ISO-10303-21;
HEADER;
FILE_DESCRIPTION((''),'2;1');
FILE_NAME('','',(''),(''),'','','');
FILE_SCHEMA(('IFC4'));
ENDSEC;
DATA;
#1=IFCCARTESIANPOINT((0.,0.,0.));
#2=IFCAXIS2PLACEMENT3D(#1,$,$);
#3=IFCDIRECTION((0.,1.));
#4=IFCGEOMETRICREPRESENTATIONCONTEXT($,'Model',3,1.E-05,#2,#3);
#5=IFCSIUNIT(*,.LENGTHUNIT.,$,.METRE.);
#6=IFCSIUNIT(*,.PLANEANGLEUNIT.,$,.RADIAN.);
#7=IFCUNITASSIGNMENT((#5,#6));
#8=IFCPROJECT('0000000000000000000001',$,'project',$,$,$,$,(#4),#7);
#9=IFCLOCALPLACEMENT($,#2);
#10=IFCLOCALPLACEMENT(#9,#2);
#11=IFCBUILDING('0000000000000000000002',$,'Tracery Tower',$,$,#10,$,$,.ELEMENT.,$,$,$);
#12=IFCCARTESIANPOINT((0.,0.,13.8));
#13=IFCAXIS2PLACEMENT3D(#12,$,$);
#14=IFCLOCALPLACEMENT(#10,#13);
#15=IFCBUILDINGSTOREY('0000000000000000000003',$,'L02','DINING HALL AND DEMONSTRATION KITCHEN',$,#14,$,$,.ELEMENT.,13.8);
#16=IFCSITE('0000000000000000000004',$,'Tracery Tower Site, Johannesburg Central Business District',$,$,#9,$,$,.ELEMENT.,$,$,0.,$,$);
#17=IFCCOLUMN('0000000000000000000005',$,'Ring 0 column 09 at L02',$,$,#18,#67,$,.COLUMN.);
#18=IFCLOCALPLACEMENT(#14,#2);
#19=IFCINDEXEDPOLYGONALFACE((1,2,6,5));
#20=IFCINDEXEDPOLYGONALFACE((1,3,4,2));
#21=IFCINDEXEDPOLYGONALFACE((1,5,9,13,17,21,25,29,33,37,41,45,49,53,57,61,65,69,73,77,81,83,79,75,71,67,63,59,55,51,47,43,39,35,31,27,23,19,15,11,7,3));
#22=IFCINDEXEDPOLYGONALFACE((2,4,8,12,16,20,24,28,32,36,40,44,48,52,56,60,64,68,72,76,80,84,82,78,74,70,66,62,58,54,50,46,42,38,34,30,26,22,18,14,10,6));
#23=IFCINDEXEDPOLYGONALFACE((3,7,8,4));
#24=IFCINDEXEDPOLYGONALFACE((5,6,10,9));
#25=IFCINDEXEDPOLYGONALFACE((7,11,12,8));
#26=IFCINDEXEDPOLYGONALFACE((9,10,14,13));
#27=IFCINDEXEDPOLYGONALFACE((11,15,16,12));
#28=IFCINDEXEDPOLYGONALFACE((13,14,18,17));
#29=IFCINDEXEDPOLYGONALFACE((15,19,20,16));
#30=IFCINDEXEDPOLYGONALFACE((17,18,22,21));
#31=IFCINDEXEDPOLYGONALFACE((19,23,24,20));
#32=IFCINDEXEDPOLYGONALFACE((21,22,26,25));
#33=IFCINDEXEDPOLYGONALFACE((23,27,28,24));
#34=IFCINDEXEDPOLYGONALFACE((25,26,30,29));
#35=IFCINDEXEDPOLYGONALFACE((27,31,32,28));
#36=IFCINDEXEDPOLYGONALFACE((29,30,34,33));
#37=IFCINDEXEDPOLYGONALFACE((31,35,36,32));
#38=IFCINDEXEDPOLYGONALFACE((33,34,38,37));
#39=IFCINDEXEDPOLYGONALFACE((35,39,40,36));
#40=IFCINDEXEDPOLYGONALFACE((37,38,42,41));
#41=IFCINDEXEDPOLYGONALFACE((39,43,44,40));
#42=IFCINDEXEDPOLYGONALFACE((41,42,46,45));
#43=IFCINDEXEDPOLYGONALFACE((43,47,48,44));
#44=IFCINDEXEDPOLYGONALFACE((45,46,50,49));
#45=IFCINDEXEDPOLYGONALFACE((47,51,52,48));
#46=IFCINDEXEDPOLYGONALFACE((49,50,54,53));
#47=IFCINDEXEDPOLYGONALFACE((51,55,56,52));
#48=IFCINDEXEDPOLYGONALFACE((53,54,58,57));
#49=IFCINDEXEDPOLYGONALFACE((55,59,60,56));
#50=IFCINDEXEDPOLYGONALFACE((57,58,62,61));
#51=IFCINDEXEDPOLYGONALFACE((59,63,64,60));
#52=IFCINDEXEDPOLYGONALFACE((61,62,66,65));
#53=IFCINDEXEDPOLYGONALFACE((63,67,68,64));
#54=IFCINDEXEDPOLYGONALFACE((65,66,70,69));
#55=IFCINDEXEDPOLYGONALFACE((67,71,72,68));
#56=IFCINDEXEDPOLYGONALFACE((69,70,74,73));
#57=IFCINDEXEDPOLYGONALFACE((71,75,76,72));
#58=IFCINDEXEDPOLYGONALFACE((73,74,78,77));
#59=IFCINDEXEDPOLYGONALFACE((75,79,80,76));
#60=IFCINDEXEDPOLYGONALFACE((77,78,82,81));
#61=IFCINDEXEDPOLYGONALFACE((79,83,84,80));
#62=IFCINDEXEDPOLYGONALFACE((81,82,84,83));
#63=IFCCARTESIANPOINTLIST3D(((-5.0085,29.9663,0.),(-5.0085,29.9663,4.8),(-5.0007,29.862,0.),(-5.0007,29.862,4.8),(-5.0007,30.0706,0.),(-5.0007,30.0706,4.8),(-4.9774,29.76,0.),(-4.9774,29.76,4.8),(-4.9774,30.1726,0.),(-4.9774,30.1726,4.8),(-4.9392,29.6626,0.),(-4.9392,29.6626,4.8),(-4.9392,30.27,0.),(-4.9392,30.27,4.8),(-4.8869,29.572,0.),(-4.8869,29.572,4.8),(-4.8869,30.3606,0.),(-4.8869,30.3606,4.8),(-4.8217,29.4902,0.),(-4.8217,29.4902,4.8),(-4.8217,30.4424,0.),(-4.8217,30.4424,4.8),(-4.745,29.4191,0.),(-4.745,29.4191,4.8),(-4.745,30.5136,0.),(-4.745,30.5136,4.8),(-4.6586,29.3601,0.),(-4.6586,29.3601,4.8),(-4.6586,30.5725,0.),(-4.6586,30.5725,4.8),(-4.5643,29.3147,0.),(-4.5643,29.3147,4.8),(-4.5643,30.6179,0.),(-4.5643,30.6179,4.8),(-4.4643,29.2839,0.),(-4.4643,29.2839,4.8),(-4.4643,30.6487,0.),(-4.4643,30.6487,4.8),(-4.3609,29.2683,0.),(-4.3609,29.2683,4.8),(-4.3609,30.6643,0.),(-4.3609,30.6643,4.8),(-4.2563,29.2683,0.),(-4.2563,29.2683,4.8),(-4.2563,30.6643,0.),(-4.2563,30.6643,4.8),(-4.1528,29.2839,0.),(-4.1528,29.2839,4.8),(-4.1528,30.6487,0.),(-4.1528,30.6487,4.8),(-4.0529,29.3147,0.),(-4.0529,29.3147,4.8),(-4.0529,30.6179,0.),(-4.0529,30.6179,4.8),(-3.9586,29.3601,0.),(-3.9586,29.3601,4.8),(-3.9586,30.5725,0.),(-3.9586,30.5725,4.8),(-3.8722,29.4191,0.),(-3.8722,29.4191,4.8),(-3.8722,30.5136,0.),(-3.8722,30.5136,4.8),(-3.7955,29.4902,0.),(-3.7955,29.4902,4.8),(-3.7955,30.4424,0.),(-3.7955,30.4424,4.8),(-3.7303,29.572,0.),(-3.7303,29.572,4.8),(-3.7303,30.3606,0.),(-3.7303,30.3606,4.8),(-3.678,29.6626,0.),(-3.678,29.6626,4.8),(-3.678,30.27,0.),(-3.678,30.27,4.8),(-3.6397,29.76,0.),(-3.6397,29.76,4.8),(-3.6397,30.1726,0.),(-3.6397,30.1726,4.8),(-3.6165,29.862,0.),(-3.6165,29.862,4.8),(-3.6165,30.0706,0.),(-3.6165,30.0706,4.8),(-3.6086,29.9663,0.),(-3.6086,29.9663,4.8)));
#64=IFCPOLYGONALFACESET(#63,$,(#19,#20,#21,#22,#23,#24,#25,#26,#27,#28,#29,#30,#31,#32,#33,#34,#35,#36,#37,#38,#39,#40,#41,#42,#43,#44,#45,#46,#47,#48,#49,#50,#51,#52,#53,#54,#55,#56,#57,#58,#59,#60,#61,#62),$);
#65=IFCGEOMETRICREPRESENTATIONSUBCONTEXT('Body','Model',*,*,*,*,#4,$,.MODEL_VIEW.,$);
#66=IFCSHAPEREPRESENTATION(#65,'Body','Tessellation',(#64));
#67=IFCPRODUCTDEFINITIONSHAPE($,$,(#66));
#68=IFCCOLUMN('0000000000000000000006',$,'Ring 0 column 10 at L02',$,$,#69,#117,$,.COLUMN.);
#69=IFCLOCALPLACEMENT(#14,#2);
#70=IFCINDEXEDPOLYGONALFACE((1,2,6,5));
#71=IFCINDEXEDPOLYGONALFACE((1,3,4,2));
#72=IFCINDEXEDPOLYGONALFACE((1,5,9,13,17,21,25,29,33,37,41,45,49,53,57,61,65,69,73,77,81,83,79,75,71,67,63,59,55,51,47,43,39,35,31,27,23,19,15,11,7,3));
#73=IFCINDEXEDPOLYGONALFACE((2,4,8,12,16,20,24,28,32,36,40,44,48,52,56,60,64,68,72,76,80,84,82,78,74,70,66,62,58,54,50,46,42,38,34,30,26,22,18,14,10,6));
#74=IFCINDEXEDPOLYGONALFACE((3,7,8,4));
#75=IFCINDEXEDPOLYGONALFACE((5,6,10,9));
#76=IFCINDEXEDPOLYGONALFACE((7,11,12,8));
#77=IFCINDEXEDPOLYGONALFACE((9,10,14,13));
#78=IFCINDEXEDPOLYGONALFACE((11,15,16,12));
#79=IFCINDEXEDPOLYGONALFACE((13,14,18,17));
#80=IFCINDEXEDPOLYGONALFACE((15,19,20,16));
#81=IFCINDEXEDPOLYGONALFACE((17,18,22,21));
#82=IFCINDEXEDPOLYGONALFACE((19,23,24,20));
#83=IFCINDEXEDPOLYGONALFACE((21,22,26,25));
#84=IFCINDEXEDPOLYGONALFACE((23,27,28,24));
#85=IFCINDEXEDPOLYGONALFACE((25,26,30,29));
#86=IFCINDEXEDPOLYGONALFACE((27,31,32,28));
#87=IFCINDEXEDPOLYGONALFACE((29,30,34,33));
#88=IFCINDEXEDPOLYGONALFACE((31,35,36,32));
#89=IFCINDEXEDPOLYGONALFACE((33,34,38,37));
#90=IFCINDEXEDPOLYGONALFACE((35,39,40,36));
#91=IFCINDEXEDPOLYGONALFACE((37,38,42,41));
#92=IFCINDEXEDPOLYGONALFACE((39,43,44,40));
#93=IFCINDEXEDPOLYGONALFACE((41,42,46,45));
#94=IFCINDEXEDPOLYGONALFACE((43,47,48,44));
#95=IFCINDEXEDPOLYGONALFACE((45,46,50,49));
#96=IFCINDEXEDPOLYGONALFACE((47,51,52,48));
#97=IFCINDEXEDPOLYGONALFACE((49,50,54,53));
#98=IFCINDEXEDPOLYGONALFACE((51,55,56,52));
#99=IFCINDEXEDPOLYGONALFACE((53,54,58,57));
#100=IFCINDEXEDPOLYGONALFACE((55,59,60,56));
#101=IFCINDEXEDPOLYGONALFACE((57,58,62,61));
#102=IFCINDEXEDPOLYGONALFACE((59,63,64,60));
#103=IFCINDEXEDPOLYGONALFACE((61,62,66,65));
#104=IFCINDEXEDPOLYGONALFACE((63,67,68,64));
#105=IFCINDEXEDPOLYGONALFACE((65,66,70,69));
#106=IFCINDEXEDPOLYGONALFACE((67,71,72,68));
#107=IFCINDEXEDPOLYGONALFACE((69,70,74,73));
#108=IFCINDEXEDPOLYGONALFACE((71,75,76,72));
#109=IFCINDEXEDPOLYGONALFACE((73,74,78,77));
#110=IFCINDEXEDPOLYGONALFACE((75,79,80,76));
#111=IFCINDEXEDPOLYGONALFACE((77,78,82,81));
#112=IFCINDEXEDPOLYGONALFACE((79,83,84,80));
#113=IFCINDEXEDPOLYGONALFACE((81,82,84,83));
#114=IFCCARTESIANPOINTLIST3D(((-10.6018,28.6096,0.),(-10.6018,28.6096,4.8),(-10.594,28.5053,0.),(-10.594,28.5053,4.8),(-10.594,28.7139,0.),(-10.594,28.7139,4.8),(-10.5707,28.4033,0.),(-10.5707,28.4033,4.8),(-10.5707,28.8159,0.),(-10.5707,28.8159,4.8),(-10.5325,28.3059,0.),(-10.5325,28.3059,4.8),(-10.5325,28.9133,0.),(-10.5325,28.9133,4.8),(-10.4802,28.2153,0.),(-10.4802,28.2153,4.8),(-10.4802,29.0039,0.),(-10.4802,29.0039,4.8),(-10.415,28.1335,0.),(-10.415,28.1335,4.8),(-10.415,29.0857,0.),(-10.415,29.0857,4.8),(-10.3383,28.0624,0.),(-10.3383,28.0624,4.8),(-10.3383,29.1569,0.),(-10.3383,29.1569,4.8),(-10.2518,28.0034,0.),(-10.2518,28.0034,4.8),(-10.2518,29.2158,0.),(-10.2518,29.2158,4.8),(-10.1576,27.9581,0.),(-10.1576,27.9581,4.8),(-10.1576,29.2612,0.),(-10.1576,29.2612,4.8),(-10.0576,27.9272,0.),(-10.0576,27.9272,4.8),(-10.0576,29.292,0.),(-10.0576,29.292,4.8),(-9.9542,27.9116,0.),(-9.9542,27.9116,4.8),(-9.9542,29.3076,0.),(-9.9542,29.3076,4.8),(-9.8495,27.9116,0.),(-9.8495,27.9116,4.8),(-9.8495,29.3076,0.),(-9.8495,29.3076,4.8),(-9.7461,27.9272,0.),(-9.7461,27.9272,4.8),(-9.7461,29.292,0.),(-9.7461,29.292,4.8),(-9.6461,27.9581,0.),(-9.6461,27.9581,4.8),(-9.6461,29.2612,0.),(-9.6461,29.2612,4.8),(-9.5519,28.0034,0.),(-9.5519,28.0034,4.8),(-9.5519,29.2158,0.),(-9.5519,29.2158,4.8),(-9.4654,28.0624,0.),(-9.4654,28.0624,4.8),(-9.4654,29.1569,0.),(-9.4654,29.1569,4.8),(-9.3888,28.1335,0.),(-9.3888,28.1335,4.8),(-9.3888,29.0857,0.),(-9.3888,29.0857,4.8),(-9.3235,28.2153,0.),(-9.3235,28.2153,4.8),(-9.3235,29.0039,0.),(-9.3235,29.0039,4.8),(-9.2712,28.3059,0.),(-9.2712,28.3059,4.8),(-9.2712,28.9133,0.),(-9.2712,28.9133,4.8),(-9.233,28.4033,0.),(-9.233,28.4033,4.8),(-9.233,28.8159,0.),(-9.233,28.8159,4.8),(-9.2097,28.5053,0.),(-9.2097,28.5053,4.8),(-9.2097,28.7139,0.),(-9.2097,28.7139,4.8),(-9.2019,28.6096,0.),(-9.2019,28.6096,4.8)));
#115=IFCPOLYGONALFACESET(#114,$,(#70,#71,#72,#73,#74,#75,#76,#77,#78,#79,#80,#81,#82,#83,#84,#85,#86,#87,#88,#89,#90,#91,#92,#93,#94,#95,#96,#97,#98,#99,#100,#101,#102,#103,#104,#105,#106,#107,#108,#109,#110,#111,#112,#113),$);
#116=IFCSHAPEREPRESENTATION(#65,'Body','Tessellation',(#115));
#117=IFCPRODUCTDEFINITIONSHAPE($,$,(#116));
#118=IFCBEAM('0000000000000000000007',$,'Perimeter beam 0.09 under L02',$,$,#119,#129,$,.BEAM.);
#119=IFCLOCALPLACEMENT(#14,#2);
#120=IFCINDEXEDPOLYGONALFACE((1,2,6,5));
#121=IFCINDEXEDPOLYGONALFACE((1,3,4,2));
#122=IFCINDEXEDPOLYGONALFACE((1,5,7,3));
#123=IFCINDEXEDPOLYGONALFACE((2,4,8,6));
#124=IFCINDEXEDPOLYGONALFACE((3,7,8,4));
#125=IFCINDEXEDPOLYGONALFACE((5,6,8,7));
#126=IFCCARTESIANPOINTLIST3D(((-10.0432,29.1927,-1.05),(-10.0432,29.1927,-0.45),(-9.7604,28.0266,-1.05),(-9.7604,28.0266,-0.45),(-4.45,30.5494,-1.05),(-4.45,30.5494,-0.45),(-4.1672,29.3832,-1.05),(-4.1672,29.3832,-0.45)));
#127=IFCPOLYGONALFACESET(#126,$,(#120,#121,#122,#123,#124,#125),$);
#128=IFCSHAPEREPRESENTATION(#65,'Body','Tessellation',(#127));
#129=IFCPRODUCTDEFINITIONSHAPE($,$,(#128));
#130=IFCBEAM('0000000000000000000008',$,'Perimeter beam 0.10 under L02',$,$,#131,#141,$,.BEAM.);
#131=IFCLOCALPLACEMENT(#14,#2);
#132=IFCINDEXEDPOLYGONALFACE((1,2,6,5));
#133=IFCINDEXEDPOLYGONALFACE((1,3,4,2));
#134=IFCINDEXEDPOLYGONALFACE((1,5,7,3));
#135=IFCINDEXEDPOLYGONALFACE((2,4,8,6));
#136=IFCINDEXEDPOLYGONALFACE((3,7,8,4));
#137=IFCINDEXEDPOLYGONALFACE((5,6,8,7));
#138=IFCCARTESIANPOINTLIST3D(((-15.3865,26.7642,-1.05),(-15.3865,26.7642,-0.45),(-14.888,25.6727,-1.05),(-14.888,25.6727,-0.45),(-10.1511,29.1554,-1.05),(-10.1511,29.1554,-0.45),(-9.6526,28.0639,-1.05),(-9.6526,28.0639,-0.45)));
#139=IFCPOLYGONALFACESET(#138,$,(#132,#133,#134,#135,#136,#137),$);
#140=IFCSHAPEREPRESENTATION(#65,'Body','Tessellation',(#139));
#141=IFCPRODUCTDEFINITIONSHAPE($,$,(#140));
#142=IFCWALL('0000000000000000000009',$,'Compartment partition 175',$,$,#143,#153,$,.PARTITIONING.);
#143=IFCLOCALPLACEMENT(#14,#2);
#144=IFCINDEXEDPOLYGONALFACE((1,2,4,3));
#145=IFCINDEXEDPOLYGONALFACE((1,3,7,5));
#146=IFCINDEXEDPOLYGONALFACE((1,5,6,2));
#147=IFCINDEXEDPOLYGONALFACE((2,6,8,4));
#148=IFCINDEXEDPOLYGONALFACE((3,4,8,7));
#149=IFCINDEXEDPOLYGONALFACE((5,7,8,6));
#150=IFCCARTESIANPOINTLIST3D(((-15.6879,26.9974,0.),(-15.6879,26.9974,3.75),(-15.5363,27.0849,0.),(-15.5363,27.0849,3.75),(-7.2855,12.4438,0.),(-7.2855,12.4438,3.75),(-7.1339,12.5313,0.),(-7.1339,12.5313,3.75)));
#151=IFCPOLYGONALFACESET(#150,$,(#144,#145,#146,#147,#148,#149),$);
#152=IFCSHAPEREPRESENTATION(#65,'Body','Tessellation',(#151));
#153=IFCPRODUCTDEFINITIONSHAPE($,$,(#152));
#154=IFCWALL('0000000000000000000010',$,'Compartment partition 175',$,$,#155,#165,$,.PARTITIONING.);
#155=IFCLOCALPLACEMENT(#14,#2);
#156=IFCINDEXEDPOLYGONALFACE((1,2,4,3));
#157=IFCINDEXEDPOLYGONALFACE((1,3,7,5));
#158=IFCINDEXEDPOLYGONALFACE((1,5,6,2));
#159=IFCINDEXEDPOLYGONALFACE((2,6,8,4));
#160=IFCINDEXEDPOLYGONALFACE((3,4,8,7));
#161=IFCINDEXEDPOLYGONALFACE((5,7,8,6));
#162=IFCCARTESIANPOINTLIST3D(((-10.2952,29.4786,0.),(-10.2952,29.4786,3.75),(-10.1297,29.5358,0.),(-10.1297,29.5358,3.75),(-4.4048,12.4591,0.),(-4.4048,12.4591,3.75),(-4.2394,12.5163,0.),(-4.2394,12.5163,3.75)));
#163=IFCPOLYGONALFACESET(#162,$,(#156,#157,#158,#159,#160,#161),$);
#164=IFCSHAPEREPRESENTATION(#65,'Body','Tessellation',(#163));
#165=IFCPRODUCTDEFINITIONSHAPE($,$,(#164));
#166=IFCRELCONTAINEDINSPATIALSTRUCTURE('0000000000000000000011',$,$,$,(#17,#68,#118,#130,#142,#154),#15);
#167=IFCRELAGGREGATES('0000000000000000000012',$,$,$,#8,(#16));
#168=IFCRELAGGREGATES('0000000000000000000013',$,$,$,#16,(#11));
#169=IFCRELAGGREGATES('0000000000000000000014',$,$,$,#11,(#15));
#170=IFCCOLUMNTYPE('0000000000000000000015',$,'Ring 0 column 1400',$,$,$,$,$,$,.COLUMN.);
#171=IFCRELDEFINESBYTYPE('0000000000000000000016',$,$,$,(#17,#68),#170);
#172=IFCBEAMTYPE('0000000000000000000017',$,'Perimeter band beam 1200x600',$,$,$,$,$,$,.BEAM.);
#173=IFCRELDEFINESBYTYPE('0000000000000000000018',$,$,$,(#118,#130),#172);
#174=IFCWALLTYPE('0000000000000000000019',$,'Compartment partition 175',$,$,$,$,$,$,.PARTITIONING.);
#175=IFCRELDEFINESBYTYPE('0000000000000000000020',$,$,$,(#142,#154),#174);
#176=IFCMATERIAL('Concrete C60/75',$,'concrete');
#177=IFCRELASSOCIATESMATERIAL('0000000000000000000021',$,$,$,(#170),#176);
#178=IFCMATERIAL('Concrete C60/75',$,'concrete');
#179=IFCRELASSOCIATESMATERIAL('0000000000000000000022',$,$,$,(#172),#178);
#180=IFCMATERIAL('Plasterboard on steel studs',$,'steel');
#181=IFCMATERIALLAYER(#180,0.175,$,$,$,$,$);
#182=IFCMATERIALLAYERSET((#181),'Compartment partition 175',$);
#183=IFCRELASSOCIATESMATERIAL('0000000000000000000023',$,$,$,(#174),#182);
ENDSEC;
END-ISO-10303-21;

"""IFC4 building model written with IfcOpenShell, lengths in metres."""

from ifc_helpers import new_model, si_unit, direction, frame, frame_2d, origin, origin_2d, place, context, subcontext, project, spatial, rectangle, circle, extrude, material, layer, layer_set, material_profile, profile_set, type_object, element, save


model = new_model("IFC4")

# Units and contexts
model_context = context("Model", 3, precision=1e-05, world=origin(), true_north=direction((0.0, 1.0)))
body_context = subcontext(model_context, "Body", "Model", "MODEL_VIEW")
ifc_project = project(units=[si_unit("LENGTHUNIT", "METRE"), si_unit("PLANEANGLEUNIT", "RADIAN")], contexts=[model_context])

# Site, building, storey
site_placement = place(None, origin())
site = spatial("IfcSite", under=ifc_project, at=site_placement, Name="Tracery Tower Site, Johannesburg Central Business District", CompositionType="ELEMENT", RefElevation=0.0)
building_placement = place(site_placement, origin())
building = spatial("IfcBuilding", under=site, at=building_placement, Name="Tracery Tower", CompositionType="ELEMENT")
storey_placement = place(building_placement, frame((0.0, 0.0, 13.8)))
storey = spatial("IfcBuildingStorey", under=building, at=storey_placement, Name="L02", Description="DINING HALL AND DEMONSTRATION KITCHEN", CompositionType="ELEMENT", Elevation=13.8)

# Columns
ifc_material_1 = material(Name="Concrete C60/75", Category="concrete")
ifc_material_profile_1 = material_profile(ifc_material_1, circle(Radius=0.7, at=origin_2d()), Name="RC D1400")
ifc_profile_set_1 = profile_set([ifc_material_profile_1], Name="Concrete C60/75")
column_type = type_object("IfcColumnType", Name="Ring 0 column 1400", PredefinedType="COLUMN", material=ifc_profile_set_1)
for number, where, z_axis, x_axis, name in (
    (1, (-4.3086, 29.9663, 0.0), (0.0, 0.0, 1.0), (1.0, 0.0, 0.0), "Ring 0 column 09 at L02"),
    (2, (-9.9019, 28.6096, 0.0), (0.0, 0.0, 1.0), (1.0, 0.0, 0.0), "Ring 0 column 10 at L02"),
):
    element("IfcColumn", number, at=place(storey_placement, frame(where, z_axis=z_axis, x_axis=x_axis)), inside=storey, type_object=column_type, Name=name, PredefinedType="COLUMN", context=body_context, shape_type="SweptSolid", body=[
        extrude(circle(Radius=0.7, at=origin_2d()), origin(), (0.0, 0.0, 1.0), 4.8),
    ])

# Beams
ifc_material_2 = material(Name="Concrete C60/75", Category="concrete")
ifc_material_profile_2 = material_profile(ifc_material_2, rectangle(XDim=1.2, YDim=0.6001, at=origin_2d()), Name="RC 1200x600")
ifc_profile_set_2 = profile_set([ifc_material_profile_2], Name="Concrete C60/75")
beam_type = type_object("IfcBeamType", Name="Perimeter band beam 1200x600", PredefinedType="BEAM", material=ifc_profile_set_2)
beam_1_placement = place(storey_placement, frame((-4.3086, 29.9663, -0.75), z_axis=(-0.97182, -0.235723, 0.0), x_axis=(0.235723, -0.97182, 0.0)))
element("IfcBeam", 3, at=beam_1_placement, inside=storey, type_object=beam_type, Name="Perimeter beam 0.09 under L02", PredefinedType="BEAM", context=body_context, shape_type="SweptSolid", body=[
    extrude(rectangle(XDim=1.2, YDim=0.6001, at=origin_2d()), origin(), (0.0, 0.0, 1.0), 5.7554),
])
beam_2_placement = place(storey_placement, frame((-9.9019, 28.6096, -0.75), z_axis=(-0.909618, -0.415445, 0.0), x_axis=(0.415445, -0.909618, 0.0)))
element("IfcBeam", 4, at=beam_2_placement, inside=storey, type_object=beam_type, Name="Perimeter beam 0.10 under L02", PredefinedType="BEAM", context=body_context, shape_type="SweptSolid", body=[
    extrude(rectangle(XDim=1.2, YDim=0.6001, at=origin_2d()), origin(), (0.0, 0.0, 1.0), 5.7556),
])

# Walls
ifc_material_3 = material(Name="Plasterboard on steel studs", Category="steel")
ifc_layer_1 = layer(ifc_material_3, 0.175)
ifc_layer_set_1 = layer_set([ifc_layer_1], Name="Compartment partition 175")
wall_type_1 = type_object("IfcWallType", Name="Compartment partition 175", PredefinedType="PARTITIONING", material=ifc_layer_set_1)
wall_1_placement = place(storey_placement, frame((-15.6121, 27.041, 0.0), z_axis=(0.0, 0.0, 1.0), x_axis=(0.499995, -0.866028, 0.0)))
element("IfcWall", 5, at=wall_1_placement, inside=storey, type_object=wall_type_1, Name="Compartment partition 175", PredefinedType="PARTITIONING", context=body_context, shape_type="SweptSolid", body=[
    extrude(rectangle(XDim=16.8049, YDim=0.175, at=frame_2d((8.4023, 0.0))), origin(), (0.0, 0.0, 1.0), 3.75),
])
wall_2_placement = place(storey_placement, frame((-10.2124, 29.5071, 0.0), z_axis=(0.0, 0.0, 1.0), x_axis=(0.327061, -0.945003, 0.0)))
element("IfcWall", 6, at=wall_2_placement, inside=storey, type_object=wall_type_1, Name="Compartment partition 175", PredefinedType="PARTITIONING", context=body_context, shape_type="SweptSolid", body=[
    extrude(rectangle(XDim=18.01, YDim=0.175, at=frame_2d((9.0049, 0.0))), origin(), (0.0, 0.0, 1.0), 3.75),
])

save(model, "model.ifc")
